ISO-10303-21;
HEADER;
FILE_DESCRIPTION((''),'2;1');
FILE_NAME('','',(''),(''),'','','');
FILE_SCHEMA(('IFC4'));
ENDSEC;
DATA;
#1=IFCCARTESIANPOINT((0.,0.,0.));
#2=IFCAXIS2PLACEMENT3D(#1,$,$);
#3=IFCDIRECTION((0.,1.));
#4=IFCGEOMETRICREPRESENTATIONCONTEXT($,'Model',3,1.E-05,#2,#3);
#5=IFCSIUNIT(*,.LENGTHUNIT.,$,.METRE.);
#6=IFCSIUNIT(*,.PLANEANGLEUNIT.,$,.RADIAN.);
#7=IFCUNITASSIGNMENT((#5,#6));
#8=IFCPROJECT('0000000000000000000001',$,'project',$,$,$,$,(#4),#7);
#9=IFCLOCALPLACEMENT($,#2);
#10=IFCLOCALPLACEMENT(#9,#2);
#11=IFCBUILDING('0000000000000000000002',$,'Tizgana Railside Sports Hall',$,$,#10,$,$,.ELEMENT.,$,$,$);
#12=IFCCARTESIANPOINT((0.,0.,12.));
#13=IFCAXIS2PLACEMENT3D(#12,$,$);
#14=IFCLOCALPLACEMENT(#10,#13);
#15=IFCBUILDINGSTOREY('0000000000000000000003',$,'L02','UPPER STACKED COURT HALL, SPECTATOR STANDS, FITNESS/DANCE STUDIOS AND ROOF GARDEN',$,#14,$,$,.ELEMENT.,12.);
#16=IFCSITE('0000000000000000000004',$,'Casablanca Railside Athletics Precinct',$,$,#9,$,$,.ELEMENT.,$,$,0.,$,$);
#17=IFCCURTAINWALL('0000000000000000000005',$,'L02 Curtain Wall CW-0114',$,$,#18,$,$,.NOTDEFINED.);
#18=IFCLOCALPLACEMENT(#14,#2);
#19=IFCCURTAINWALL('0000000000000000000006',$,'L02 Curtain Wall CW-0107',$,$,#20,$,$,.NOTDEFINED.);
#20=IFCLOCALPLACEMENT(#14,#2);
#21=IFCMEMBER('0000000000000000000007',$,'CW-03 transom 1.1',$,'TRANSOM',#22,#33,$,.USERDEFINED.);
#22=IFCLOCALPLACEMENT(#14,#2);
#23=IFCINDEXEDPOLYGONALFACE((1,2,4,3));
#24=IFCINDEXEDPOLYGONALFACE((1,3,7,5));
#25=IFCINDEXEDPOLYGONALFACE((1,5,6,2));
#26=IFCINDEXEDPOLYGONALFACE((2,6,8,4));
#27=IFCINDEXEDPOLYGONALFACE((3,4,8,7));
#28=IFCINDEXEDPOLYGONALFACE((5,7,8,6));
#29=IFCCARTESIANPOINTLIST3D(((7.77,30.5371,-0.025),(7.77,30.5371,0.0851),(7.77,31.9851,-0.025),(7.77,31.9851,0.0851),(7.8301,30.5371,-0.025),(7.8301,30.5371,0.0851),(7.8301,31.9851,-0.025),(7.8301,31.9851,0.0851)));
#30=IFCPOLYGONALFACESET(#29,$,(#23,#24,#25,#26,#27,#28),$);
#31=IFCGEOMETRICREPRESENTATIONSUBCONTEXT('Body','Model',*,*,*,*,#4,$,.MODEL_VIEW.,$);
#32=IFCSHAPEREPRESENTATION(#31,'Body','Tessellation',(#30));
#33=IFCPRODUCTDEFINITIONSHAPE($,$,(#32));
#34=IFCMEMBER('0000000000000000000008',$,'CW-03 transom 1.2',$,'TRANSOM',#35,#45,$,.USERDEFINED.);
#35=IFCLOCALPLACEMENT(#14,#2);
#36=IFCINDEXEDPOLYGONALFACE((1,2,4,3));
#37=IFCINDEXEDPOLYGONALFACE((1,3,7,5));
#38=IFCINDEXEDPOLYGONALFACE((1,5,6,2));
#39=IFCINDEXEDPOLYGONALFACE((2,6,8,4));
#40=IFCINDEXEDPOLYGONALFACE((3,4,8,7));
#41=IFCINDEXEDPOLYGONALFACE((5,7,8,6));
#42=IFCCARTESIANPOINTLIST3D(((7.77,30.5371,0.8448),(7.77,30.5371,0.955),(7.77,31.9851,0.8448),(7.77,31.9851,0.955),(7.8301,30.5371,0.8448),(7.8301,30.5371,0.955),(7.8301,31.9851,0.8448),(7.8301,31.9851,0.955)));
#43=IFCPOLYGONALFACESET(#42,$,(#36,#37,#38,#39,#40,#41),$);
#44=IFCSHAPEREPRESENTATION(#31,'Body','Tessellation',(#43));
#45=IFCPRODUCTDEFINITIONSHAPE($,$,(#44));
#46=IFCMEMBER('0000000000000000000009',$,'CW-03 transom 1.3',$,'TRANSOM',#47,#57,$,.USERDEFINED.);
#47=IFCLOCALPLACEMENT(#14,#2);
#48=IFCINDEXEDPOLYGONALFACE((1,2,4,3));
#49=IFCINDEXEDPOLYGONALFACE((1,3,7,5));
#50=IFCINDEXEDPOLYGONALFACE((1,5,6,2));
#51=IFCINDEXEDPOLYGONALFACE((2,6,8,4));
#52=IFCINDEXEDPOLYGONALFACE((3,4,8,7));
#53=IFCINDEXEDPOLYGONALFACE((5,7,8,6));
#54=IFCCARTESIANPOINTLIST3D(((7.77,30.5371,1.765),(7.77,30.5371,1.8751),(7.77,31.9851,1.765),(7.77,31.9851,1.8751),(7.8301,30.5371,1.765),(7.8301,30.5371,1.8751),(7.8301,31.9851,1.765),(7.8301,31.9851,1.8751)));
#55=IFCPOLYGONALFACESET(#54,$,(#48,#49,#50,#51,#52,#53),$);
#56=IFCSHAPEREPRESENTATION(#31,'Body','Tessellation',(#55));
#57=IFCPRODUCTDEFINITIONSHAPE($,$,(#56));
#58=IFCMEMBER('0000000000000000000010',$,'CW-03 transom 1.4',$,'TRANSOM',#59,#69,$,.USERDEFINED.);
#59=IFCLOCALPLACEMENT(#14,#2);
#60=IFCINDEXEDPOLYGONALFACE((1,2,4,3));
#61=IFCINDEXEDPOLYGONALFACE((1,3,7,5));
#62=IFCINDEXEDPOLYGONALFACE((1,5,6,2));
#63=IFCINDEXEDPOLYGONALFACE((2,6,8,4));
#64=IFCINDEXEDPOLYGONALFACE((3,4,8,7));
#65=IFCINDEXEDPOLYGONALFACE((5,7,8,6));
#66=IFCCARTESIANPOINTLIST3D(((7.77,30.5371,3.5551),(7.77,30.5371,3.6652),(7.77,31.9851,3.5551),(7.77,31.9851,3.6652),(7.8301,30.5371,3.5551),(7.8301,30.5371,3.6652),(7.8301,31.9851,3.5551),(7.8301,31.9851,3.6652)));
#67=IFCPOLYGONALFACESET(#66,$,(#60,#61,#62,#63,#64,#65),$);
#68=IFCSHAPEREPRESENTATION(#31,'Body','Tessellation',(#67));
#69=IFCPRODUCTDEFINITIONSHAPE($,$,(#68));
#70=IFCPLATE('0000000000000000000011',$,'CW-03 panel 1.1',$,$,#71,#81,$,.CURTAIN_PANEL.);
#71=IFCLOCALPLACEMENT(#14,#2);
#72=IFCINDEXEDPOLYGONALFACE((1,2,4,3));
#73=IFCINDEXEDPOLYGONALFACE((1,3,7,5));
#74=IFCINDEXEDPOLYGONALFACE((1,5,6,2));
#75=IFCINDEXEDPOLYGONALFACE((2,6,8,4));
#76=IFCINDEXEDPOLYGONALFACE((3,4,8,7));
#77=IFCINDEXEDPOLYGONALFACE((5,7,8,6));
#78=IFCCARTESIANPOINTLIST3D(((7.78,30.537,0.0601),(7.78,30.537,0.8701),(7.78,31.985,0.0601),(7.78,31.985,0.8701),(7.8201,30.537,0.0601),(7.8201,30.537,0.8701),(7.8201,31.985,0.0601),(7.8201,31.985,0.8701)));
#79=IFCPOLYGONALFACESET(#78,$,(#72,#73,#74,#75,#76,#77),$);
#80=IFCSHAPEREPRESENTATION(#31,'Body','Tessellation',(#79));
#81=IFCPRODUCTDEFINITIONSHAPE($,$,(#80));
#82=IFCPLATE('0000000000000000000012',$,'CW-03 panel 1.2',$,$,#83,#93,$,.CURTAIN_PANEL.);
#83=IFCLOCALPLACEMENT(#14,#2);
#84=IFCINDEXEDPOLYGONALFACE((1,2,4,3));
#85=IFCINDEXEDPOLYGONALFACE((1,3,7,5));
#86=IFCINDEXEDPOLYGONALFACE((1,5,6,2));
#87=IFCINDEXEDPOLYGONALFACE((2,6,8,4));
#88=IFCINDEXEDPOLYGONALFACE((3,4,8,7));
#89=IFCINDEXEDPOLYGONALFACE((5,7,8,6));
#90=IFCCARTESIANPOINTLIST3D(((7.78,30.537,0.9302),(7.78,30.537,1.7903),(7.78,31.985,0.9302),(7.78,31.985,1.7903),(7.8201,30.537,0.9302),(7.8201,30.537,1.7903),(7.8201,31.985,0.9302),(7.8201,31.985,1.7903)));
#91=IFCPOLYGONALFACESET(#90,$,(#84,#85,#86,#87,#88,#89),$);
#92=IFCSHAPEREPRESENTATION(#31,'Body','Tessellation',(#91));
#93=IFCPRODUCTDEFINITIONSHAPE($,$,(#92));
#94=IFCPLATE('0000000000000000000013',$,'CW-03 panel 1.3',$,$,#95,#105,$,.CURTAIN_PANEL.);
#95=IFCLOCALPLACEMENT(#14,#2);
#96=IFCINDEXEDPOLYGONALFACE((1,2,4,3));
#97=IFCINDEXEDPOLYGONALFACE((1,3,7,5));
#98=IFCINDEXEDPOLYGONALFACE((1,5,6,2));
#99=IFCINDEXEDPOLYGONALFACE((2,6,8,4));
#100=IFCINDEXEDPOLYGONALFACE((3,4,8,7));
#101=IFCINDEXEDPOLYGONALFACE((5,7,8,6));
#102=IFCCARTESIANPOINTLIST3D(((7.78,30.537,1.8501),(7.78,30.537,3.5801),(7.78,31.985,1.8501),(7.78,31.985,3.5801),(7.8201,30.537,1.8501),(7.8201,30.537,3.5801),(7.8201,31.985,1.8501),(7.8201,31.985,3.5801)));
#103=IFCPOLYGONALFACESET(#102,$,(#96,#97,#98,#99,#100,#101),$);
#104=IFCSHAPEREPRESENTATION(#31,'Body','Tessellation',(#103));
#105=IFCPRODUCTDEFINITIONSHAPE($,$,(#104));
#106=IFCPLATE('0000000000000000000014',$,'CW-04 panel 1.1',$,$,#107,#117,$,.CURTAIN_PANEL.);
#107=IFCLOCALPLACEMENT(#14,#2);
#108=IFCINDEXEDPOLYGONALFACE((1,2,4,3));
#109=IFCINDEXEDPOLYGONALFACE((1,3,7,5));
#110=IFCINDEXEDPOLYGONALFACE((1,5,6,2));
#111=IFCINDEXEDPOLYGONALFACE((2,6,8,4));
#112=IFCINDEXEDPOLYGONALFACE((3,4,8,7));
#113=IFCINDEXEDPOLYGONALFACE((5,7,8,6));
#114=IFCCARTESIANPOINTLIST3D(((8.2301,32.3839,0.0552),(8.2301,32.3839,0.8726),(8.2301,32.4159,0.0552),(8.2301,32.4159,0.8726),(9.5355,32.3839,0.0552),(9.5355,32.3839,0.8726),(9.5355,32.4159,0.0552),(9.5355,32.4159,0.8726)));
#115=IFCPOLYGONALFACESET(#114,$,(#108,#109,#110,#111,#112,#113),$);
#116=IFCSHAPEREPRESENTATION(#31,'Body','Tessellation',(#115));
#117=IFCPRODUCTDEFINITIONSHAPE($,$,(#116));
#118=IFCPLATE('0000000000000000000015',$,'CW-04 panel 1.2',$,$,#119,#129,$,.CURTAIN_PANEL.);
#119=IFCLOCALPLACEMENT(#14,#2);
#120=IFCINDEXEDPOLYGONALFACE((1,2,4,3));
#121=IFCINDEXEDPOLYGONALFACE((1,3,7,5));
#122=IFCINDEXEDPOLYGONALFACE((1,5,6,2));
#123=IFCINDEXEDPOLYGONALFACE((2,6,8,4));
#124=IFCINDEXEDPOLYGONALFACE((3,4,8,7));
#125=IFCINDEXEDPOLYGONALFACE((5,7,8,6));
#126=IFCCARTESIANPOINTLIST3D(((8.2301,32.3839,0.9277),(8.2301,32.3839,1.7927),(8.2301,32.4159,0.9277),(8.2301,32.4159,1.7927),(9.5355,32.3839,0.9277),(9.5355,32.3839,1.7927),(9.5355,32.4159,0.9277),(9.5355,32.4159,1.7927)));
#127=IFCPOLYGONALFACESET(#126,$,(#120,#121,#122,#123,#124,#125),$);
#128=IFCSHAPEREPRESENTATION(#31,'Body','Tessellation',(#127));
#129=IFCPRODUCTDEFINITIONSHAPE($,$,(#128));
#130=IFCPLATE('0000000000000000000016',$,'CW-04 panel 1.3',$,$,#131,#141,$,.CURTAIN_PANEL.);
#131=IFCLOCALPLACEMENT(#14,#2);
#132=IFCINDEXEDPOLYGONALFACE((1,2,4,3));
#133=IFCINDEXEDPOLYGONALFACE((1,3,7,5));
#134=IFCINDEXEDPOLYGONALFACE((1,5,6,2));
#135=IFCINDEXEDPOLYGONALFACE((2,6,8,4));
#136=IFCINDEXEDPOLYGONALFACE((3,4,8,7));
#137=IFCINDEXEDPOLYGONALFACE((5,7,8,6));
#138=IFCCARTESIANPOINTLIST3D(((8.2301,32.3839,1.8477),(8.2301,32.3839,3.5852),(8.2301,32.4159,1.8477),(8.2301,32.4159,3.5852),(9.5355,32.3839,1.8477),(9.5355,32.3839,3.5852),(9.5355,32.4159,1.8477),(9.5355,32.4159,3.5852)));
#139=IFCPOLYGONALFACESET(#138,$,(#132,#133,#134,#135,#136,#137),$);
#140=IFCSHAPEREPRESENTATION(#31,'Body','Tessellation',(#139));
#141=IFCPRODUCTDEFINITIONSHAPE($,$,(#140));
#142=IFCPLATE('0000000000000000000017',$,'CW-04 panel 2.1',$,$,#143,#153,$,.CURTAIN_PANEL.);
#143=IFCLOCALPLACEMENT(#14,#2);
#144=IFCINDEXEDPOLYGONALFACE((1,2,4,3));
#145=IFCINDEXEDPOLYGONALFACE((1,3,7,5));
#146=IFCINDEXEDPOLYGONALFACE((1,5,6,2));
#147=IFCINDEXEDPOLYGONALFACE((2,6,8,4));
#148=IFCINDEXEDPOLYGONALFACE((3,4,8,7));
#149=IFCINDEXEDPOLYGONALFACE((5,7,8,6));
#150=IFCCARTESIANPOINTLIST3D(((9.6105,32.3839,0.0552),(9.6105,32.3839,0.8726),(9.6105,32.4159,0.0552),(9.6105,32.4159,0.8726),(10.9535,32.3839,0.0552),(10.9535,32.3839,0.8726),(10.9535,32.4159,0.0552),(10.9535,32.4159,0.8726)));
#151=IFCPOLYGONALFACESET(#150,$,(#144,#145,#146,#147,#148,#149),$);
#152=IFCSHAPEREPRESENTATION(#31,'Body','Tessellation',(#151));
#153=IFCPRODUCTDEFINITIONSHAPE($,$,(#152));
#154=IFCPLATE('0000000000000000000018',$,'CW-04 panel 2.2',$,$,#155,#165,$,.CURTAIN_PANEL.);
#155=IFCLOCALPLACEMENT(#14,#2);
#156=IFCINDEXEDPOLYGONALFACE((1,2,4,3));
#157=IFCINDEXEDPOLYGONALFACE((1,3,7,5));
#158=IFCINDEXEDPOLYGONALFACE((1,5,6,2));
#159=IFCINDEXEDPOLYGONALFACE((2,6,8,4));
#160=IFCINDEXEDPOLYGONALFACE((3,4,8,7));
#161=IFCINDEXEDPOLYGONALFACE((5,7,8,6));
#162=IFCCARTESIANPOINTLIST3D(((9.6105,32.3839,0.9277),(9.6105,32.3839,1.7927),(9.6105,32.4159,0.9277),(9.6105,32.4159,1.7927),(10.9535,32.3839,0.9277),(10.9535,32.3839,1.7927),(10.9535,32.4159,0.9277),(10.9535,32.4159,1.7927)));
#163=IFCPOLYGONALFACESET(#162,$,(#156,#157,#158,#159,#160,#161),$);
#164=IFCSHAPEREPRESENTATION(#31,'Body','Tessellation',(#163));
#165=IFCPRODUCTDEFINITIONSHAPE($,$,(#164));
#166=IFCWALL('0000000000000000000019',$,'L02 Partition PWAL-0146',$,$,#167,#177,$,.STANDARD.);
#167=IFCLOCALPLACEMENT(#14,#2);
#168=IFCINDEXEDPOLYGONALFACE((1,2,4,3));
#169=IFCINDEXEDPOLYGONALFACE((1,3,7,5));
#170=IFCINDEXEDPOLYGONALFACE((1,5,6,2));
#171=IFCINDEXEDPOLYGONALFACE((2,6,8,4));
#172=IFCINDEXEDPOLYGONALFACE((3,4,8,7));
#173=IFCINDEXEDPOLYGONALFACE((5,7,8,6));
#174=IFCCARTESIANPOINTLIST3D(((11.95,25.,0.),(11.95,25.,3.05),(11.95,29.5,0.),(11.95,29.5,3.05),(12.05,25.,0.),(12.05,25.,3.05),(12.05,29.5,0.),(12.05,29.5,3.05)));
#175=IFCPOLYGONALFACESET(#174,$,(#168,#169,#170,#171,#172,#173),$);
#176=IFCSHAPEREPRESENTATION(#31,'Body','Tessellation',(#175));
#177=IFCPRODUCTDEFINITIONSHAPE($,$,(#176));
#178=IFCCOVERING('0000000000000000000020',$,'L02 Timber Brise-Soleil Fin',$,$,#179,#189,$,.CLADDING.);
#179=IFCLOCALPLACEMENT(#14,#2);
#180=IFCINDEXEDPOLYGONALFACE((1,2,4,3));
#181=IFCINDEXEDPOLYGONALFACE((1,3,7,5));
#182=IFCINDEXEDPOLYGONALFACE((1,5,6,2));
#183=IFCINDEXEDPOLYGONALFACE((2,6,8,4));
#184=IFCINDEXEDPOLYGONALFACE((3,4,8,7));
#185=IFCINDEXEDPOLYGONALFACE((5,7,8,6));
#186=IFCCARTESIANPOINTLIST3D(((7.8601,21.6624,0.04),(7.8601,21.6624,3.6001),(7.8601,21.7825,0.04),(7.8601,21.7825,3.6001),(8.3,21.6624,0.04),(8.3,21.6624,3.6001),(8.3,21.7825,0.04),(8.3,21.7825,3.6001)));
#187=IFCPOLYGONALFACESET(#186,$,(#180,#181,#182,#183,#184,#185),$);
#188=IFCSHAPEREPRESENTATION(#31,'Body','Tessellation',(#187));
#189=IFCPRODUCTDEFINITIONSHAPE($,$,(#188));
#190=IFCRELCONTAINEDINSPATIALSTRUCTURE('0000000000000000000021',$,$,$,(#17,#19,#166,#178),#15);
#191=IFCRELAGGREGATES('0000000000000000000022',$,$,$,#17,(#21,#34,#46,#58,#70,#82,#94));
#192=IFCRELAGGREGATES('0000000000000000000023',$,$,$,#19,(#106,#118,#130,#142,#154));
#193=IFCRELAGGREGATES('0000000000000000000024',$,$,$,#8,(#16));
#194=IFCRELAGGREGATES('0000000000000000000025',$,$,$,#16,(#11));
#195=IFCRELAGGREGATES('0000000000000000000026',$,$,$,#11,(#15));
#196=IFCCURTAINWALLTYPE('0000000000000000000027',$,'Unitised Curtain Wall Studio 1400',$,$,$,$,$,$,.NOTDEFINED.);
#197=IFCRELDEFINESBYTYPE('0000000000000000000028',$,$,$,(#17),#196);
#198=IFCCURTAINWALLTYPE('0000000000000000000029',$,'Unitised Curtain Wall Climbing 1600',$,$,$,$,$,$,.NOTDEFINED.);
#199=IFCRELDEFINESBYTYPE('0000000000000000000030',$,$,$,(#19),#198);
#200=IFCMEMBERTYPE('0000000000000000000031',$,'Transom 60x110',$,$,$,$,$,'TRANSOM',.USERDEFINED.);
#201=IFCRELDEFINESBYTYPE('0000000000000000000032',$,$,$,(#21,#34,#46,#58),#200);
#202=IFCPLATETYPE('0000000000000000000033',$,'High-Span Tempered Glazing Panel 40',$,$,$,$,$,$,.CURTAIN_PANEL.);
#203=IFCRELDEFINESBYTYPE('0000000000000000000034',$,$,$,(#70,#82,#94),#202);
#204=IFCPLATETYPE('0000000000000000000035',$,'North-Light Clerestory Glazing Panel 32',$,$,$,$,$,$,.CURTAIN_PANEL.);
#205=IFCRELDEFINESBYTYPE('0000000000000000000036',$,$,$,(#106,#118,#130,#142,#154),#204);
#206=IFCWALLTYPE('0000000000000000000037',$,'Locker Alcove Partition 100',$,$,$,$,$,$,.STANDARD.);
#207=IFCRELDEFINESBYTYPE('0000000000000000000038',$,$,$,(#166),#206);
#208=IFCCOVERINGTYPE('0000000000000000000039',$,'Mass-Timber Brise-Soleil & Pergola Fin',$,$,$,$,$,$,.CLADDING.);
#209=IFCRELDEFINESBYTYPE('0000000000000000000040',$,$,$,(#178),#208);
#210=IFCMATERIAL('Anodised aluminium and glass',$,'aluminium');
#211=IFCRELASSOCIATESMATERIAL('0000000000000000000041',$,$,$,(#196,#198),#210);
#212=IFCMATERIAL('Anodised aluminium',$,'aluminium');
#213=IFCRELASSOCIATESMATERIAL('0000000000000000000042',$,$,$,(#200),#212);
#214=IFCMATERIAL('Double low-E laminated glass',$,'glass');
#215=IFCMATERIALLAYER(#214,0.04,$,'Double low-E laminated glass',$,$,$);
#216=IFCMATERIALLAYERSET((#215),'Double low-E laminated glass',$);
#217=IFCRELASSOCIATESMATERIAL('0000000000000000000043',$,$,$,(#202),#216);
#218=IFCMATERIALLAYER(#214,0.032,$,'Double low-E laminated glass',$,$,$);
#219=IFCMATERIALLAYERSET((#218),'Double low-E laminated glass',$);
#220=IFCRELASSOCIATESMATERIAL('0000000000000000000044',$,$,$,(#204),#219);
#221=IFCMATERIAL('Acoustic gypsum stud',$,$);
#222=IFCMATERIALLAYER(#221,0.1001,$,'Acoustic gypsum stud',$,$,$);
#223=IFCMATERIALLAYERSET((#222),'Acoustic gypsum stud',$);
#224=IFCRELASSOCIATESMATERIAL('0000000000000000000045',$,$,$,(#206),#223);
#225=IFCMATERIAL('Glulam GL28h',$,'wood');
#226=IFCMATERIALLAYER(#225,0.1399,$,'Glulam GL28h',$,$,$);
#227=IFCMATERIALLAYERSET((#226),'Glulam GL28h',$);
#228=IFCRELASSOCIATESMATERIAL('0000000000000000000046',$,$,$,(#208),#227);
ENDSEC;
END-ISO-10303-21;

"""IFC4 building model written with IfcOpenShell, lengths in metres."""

from ifc_helpers import new_model, si_unit, direction, frame, frame_2d, origin, origin_2d, place, context, subcontext, project, spatial, rectangle, extrude, material, layer, layer_set, material_profile, profile_set, type_object, element, aggregate, save


model = new_model("IFC4")

# Units and contexts
model_context = context("Model", 3, precision=1e-05, world=origin(), true_north=direction((0.0, 1.0)))
body_context = subcontext(model_context, "Body", "Model", "MODEL_VIEW")
ifc_project = project(units=[si_unit("LENGTHUNIT", "METRE"), si_unit("PLANEANGLEUNIT", "RADIAN")], contexts=[model_context])

# Site, building, storey
site_placement = place(None, origin())
site = spatial("IfcSite", under=ifc_project, at=site_placement, Name="Casablanca Railside Athletics Precinct", CompositionType="ELEMENT", RefElevation=0.0)
building_placement = place(site_placement, origin())
building = spatial("IfcBuilding", under=site, at=building_placement, Name="Tizgana Railside Sports Hall", CompositionType="ELEMENT")
storey_placement = place(building_placement, frame((0.0, 0.0, 12.0)))
storey = spatial("IfcBuildingStorey", under=building, at=storey_placement, Name="L02", Description="UPPER STACKED COURT HALL, SPECTATOR STANDS, FITNESS/DANCE STUDIOS AND ROOF GARDEN", CompositionType="ELEMENT", Elevation=12.0)

# Curtain wall
ifc_material_1 = material(Name="Anodised aluminium and glass", Category="aluminium")
curtain_wall_type_1 = type_object("IfcCurtainWallType", Name="Unitised Curtain Wall Studio 1400", PredefinedType="NOTDEFINED", material=ifc_material_1)
curtain_wall_1_placement = place(storey_placement, origin())
curtain_wall_1 = element("IfcCurtainWall", 1, at=curtain_wall_1_placement, inside=storey, type_object=curtain_wall_type_1, Name="L02 Curtain Wall CW-0114", PredefinedType="NOTDEFINED")
ifc_material_2 = material(Name="Anodised aluminium", Category="aluminium")

# Curtain wall
curtain_wall_type_2 = type_object("IfcCurtainWallType", Name="Unitised Curtain Wall Climbing 1600", PredefinedType="NOTDEFINED", material=ifc_material_1)
curtain_wall_2_placement = place(storey_placement, origin())
curtain_wall_2 = element("IfcCurtainWall", 2, at=curtain_wall_2_placement, inside=storey, type_object=curtain_wall_type_2, Name="L02 Curtain Wall CW-0107", PredefinedType="NOTDEFINED")

# Members
ifc_material_profile_1 = material_profile(ifc_material_2, rectangle(XDim=0.0601, YDim=0.1101, at=origin_2d()), Name="Transom 60x110")
ifc_profile_set_1 = profile_set([ifc_material_profile_1], Name="Anodised aluminium")
member_type_1 = type_object("IfcMemberType", Name="Transom 60x110", ElementType="TRANSOM", PredefinedType="USERDEFINED", material=ifc_profile_set_1)
member_1_placement = place(storey_placement, frame((7.8, 31.9851, 0.03), z_axis=(0.0, -1.0, 0.0), x_axis=(1.0, 0.0, 0.0)))
member_1 = element("IfcMember", 3, at=member_1_placement, type_object=member_type_1, Name="CW-03 transom 1.1", ObjectType="TRANSOM", PredefinedType="USERDEFINED", context=body_context, shape_type="SweptSolid", body=[
    extrude(rectangle(XDim=0.0601, YDim=0.1101, at=origin_2d()), origin(), (0.0, 0.0, 1.0), 1.448),
])
member_2_placement = place(storey_placement, frame((7.8, 31.9851, 0.8999), z_axis=(0.0, -1.0, 0.0), x_axis=(1.0, 0.0, 0.0)))
member_2 = element("IfcMember", 4, at=member_2_placement, type_object=member_type_1, Name="CW-03 transom 1.2", ObjectType="TRANSOM", PredefinedType="USERDEFINED", context=body_context, shape_type="SweptSolid", body=[
    extrude(rectangle(XDim=0.0601, YDim=0.1101, at=origin_2d()), origin(), (0.0, 0.0, 1.0), 1.448),
])
member_3_placement = place(storey_placement, frame((7.8, 31.9851, 1.8201), z_axis=(0.0, -1.0, 0.0), x_axis=(1.0, 0.0, 0.0)))
member_3 = element("IfcMember", 5, at=member_3_placement, type_object=member_type_1, Name="CW-03 transom 1.3", ObjectType="TRANSOM", PredefinedType="USERDEFINED", context=body_context, shape_type="SweptSolid", body=[
    extrude(rectangle(XDim=0.0601, YDim=0.1101, at=origin_2d()), origin(), (0.0, 0.0, 1.0), 1.448),
])
member_4_placement = place(storey_placement, frame((7.8, 31.9851, 3.6101), z_axis=(0.0, -1.0, 0.0), x_axis=(1.0, 0.0, 0.0)))
member_4 = element("IfcMember", 6, at=member_4_placement, type_object=member_type_1, Name="CW-03 transom 1.4", ObjectType="TRANSOM", PredefinedType="USERDEFINED", context=body_context, shape_type="SweptSolid", body=[
    extrude(rectangle(XDim=0.0601, YDim=0.1101, at=origin_2d()), origin(), (0.0, 0.0, 1.0), 1.448),
])

# Plates
ifc_material_3 = material(Name="Double low-E laminated glass", Category="glass")
ifc_layer_1 = layer(ifc_material_3, 0.04, Name="Double low-E laminated glass")
ifc_layer_set_1 = layer_set([ifc_layer_1], Name="Double low-E laminated glass")
plate_type_1 = type_object("IfcPlateType", Name="High-Span Tempered Glazing Panel 40", PredefinedType="CURTAIN_PANEL", material=ifc_layer_set_1)
plate_1_placement = place(storey_placement, frame((7.8, 31.261, 0.0601), z_axis=(0.0, 0.0, 1.0), x_axis=(0.0, -1.0, 0.0)))
plate_1 = element("IfcPlate", 7, at=plate_1_placement, type_object=plate_type_1, Name="CW-03 panel 1.1", PredefinedType="CURTAIN_PANEL", context=body_context, shape_type="SweptSolid", body=[
    extrude(rectangle(XDim=1.448, YDim=0.04, at=origin_2d()), origin(), (0.0, 0.0, 1.0), 0.8101),
])
plate_2_placement = place(storey_placement, frame((7.8, 31.261, 0.9302), z_axis=(0.0, 0.0, 1.0), x_axis=(0.0, -1.0, 0.0)))
plate_2 = element("IfcPlate", 8, at=plate_2_placement, type_object=plate_type_1, Name="CW-03 panel 1.2", PredefinedType="CURTAIN_PANEL", context=body_context, shape_type="SweptSolid", body=[
    extrude(rectangle(XDim=1.448, YDim=0.04, at=origin_2d()), origin(), (0.0, 0.0, 1.0), 0.8601),
])
plate_3_placement = place(storey_placement, frame((7.8, 31.261, 1.8501), z_axis=(0.0, 0.0, 1.0), x_axis=(0.0, -1.0, 0.0)))
plate_3 = element("IfcPlate", 9, at=plate_3_placement, type_object=plate_type_1, Name="CW-03 panel 1.3", PredefinedType="CURTAIN_PANEL", context=body_context, shape_type="SweptSolid", body=[
    extrude(rectangle(XDim=1.448, YDim=0.04, at=origin_2d()), origin(), (0.0, 0.0, 1.0), 1.73),
])
aggregate(curtain_wall_1, [member_1, member_2, member_3, member_4, plate_1, plate_2, plate_3])
ifc_layer_2 = layer(ifc_material_3, 0.032, Name="Double low-E laminated glass")
ifc_layer_set_2 = layer_set([ifc_layer_2], Name="Double low-E laminated glass")
plate_type_2 = type_object("IfcPlateType", Name="North-Light Clerestory Glazing Panel 32", PredefinedType="CURTAIN_PANEL", material=ifc_layer_set_2)
plate_4_placement = place(storey_placement, frame((8.8828, 32.3999, 0.0552), z_axis=(0.0, 0.0, 1.0), x_axis=(1.0, 0.0, 0.0)))
plate_4 = element("IfcPlate", 10, at=plate_4_placement, type_object=plate_type_2, Name="CW-04 panel 1.1", PredefinedType="CURTAIN_PANEL", context=body_context, shape_type="SweptSolid", body=[
    extrude(rectangle(XDim=1.3054, YDim=0.032, at=origin_2d()), origin(), (0.0, 0.0, 1.0), 0.8174),
])
plate_5_placement = place(storey_placement, frame((8.8828, 32.3999, 0.9277), z_axis=(0.0, 0.0, 1.0), x_axis=(1.0, 0.0, 0.0)))
plate_5 = element("IfcPlate", 11, at=plate_5_placement, type_object=plate_type_2, Name="CW-04 panel 1.2", PredefinedType="CURTAIN_PANEL", context=body_context, shape_type="SweptSolid", body=[
    extrude(rectangle(XDim=1.3054, YDim=0.032, at=origin_2d()), origin(), (0.0, 0.0, 1.0), 0.865),
])
plate_6_placement = place(storey_placement, frame((8.8828, 32.3999, 1.8477), z_axis=(0.0, 0.0, 1.0), x_axis=(1.0, 0.0, 0.0)))
plate_6 = element("IfcPlate", 12, at=plate_6_placement, type_object=plate_type_2, Name="CW-04 panel 1.3", PredefinedType="CURTAIN_PANEL", context=body_context, shape_type="SweptSolid", body=[
    extrude(rectangle(XDim=1.3054, YDim=0.032, at=origin_2d()), origin(), (0.0, 0.0, 1.0), 1.7375),
])
plate_7_placement = place(storey_placement, frame((10.282, 32.3999, 0.0552), z_axis=(0.0, 0.0, 1.0), x_axis=(1.0, 0.0, 0.0)))
plate_7 = element("IfcPlate", 13, at=plate_7_placement, type_object=plate_type_2, Name="CW-04 panel 2.1", PredefinedType="CURTAIN_PANEL", context=body_context, shape_type="SweptSolid", body=[
    extrude(rectangle(XDim=1.343, YDim=0.032, at=origin_2d()), origin(), (0.0, 0.0, 1.0), 0.8174),
])
plate_8_placement = place(storey_placement, frame((10.282, 32.3999, 0.9277), z_axis=(0.0, 0.0, 1.0), x_axis=(1.0, 0.0, 0.0)))
plate_8 = element("IfcPlate", 14, at=plate_8_placement, type_object=plate_type_2, Name="CW-04 panel 2.2", PredefinedType="CURTAIN_PANEL", context=body_context, shape_type="SweptSolid", body=[
    extrude(rectangle(XDim=1.343, YDim=0.032, at=origin_2d()), origin(), (0.0, 0.0, 1.0), 0.865),
])
aggregate(curtain_wall_2, [plate_4, plate_5, plate_6, plate_7, plate_8])

# Wall
ifc_material_4 = material(Name="Acoustic gypsum stud")
ifc_layer_3 = layer(ifc_material_4, 0.1001, Name="Acoustic gypsum stud")
ifc_layer_set_3 = layer_set([ifc_layer_3], Name="Acoustic gypsum stud")
wall_type = type_object("IfcWallType", Name="Locker Alcove Partition 100", PredefinedType="STANDARD", material=ifc_layer_set_3)
wall_placement = place(storey_placement, frame((12.0, 25.0, 0.0), z_axis=(0.0, 0.0, 1.0), x_axis=(0.0, 1.0, 0.0)))
element("IfcWall", 15, at=wall_placement, inside=storey, type_object=wall_type, Name="L02 Partition PWAL-0146", PredefinedType="STANDARD", context=body_context, shape_type="SweptSolid", body=[
    extrude(rectangle(XDim=4.5, YDim=0.1001, at=frame_2d((2.25, 0.0))), origin(), (0.0, 0.0, 1.0), 3.05),
])

# Covering
ifc_material_5 = material(Name="Glulam GL28h", Category="wood")
ifc_layer_4 = layer(ifc_material_5, 0.1399, Name="Glulam GL28h")
ifc_layer_set_4 = layer_set([ifc_layer_4], Name="Glulam GL28h")
covering_type = type_object("IfcCoveringType", Name="Mass-Timber Brise-Soleil & Pergola Fin", PredefinedType="CLADDING", material=ifc_layer_set_4)
for number, where, z_axis, x_axis, name in (
    (16, (8.0801, 21.7224, 0.04), (0.0, 0.0, 1.0), (0.0, -1.0, 0.0), "L02 Timber Brise-Soleil Fin"),
):
    element("IfcCovering", number, at=place(storey_placement, frame(where, z_axis=z_axis, x_axis=x_axis)), inside=storey, type_object=covering_type, Name=name, PredefinedType="CLADDING", context=body_context, shape_type="SweptSolid", body=[
        extrude(rectangle(XDim=0.1201, YDim=0.4399, at=origin_2d()), origin(), (0.0, 0.0, 1.0), 3.5601),
    ])

save(model, "model.ifc")
